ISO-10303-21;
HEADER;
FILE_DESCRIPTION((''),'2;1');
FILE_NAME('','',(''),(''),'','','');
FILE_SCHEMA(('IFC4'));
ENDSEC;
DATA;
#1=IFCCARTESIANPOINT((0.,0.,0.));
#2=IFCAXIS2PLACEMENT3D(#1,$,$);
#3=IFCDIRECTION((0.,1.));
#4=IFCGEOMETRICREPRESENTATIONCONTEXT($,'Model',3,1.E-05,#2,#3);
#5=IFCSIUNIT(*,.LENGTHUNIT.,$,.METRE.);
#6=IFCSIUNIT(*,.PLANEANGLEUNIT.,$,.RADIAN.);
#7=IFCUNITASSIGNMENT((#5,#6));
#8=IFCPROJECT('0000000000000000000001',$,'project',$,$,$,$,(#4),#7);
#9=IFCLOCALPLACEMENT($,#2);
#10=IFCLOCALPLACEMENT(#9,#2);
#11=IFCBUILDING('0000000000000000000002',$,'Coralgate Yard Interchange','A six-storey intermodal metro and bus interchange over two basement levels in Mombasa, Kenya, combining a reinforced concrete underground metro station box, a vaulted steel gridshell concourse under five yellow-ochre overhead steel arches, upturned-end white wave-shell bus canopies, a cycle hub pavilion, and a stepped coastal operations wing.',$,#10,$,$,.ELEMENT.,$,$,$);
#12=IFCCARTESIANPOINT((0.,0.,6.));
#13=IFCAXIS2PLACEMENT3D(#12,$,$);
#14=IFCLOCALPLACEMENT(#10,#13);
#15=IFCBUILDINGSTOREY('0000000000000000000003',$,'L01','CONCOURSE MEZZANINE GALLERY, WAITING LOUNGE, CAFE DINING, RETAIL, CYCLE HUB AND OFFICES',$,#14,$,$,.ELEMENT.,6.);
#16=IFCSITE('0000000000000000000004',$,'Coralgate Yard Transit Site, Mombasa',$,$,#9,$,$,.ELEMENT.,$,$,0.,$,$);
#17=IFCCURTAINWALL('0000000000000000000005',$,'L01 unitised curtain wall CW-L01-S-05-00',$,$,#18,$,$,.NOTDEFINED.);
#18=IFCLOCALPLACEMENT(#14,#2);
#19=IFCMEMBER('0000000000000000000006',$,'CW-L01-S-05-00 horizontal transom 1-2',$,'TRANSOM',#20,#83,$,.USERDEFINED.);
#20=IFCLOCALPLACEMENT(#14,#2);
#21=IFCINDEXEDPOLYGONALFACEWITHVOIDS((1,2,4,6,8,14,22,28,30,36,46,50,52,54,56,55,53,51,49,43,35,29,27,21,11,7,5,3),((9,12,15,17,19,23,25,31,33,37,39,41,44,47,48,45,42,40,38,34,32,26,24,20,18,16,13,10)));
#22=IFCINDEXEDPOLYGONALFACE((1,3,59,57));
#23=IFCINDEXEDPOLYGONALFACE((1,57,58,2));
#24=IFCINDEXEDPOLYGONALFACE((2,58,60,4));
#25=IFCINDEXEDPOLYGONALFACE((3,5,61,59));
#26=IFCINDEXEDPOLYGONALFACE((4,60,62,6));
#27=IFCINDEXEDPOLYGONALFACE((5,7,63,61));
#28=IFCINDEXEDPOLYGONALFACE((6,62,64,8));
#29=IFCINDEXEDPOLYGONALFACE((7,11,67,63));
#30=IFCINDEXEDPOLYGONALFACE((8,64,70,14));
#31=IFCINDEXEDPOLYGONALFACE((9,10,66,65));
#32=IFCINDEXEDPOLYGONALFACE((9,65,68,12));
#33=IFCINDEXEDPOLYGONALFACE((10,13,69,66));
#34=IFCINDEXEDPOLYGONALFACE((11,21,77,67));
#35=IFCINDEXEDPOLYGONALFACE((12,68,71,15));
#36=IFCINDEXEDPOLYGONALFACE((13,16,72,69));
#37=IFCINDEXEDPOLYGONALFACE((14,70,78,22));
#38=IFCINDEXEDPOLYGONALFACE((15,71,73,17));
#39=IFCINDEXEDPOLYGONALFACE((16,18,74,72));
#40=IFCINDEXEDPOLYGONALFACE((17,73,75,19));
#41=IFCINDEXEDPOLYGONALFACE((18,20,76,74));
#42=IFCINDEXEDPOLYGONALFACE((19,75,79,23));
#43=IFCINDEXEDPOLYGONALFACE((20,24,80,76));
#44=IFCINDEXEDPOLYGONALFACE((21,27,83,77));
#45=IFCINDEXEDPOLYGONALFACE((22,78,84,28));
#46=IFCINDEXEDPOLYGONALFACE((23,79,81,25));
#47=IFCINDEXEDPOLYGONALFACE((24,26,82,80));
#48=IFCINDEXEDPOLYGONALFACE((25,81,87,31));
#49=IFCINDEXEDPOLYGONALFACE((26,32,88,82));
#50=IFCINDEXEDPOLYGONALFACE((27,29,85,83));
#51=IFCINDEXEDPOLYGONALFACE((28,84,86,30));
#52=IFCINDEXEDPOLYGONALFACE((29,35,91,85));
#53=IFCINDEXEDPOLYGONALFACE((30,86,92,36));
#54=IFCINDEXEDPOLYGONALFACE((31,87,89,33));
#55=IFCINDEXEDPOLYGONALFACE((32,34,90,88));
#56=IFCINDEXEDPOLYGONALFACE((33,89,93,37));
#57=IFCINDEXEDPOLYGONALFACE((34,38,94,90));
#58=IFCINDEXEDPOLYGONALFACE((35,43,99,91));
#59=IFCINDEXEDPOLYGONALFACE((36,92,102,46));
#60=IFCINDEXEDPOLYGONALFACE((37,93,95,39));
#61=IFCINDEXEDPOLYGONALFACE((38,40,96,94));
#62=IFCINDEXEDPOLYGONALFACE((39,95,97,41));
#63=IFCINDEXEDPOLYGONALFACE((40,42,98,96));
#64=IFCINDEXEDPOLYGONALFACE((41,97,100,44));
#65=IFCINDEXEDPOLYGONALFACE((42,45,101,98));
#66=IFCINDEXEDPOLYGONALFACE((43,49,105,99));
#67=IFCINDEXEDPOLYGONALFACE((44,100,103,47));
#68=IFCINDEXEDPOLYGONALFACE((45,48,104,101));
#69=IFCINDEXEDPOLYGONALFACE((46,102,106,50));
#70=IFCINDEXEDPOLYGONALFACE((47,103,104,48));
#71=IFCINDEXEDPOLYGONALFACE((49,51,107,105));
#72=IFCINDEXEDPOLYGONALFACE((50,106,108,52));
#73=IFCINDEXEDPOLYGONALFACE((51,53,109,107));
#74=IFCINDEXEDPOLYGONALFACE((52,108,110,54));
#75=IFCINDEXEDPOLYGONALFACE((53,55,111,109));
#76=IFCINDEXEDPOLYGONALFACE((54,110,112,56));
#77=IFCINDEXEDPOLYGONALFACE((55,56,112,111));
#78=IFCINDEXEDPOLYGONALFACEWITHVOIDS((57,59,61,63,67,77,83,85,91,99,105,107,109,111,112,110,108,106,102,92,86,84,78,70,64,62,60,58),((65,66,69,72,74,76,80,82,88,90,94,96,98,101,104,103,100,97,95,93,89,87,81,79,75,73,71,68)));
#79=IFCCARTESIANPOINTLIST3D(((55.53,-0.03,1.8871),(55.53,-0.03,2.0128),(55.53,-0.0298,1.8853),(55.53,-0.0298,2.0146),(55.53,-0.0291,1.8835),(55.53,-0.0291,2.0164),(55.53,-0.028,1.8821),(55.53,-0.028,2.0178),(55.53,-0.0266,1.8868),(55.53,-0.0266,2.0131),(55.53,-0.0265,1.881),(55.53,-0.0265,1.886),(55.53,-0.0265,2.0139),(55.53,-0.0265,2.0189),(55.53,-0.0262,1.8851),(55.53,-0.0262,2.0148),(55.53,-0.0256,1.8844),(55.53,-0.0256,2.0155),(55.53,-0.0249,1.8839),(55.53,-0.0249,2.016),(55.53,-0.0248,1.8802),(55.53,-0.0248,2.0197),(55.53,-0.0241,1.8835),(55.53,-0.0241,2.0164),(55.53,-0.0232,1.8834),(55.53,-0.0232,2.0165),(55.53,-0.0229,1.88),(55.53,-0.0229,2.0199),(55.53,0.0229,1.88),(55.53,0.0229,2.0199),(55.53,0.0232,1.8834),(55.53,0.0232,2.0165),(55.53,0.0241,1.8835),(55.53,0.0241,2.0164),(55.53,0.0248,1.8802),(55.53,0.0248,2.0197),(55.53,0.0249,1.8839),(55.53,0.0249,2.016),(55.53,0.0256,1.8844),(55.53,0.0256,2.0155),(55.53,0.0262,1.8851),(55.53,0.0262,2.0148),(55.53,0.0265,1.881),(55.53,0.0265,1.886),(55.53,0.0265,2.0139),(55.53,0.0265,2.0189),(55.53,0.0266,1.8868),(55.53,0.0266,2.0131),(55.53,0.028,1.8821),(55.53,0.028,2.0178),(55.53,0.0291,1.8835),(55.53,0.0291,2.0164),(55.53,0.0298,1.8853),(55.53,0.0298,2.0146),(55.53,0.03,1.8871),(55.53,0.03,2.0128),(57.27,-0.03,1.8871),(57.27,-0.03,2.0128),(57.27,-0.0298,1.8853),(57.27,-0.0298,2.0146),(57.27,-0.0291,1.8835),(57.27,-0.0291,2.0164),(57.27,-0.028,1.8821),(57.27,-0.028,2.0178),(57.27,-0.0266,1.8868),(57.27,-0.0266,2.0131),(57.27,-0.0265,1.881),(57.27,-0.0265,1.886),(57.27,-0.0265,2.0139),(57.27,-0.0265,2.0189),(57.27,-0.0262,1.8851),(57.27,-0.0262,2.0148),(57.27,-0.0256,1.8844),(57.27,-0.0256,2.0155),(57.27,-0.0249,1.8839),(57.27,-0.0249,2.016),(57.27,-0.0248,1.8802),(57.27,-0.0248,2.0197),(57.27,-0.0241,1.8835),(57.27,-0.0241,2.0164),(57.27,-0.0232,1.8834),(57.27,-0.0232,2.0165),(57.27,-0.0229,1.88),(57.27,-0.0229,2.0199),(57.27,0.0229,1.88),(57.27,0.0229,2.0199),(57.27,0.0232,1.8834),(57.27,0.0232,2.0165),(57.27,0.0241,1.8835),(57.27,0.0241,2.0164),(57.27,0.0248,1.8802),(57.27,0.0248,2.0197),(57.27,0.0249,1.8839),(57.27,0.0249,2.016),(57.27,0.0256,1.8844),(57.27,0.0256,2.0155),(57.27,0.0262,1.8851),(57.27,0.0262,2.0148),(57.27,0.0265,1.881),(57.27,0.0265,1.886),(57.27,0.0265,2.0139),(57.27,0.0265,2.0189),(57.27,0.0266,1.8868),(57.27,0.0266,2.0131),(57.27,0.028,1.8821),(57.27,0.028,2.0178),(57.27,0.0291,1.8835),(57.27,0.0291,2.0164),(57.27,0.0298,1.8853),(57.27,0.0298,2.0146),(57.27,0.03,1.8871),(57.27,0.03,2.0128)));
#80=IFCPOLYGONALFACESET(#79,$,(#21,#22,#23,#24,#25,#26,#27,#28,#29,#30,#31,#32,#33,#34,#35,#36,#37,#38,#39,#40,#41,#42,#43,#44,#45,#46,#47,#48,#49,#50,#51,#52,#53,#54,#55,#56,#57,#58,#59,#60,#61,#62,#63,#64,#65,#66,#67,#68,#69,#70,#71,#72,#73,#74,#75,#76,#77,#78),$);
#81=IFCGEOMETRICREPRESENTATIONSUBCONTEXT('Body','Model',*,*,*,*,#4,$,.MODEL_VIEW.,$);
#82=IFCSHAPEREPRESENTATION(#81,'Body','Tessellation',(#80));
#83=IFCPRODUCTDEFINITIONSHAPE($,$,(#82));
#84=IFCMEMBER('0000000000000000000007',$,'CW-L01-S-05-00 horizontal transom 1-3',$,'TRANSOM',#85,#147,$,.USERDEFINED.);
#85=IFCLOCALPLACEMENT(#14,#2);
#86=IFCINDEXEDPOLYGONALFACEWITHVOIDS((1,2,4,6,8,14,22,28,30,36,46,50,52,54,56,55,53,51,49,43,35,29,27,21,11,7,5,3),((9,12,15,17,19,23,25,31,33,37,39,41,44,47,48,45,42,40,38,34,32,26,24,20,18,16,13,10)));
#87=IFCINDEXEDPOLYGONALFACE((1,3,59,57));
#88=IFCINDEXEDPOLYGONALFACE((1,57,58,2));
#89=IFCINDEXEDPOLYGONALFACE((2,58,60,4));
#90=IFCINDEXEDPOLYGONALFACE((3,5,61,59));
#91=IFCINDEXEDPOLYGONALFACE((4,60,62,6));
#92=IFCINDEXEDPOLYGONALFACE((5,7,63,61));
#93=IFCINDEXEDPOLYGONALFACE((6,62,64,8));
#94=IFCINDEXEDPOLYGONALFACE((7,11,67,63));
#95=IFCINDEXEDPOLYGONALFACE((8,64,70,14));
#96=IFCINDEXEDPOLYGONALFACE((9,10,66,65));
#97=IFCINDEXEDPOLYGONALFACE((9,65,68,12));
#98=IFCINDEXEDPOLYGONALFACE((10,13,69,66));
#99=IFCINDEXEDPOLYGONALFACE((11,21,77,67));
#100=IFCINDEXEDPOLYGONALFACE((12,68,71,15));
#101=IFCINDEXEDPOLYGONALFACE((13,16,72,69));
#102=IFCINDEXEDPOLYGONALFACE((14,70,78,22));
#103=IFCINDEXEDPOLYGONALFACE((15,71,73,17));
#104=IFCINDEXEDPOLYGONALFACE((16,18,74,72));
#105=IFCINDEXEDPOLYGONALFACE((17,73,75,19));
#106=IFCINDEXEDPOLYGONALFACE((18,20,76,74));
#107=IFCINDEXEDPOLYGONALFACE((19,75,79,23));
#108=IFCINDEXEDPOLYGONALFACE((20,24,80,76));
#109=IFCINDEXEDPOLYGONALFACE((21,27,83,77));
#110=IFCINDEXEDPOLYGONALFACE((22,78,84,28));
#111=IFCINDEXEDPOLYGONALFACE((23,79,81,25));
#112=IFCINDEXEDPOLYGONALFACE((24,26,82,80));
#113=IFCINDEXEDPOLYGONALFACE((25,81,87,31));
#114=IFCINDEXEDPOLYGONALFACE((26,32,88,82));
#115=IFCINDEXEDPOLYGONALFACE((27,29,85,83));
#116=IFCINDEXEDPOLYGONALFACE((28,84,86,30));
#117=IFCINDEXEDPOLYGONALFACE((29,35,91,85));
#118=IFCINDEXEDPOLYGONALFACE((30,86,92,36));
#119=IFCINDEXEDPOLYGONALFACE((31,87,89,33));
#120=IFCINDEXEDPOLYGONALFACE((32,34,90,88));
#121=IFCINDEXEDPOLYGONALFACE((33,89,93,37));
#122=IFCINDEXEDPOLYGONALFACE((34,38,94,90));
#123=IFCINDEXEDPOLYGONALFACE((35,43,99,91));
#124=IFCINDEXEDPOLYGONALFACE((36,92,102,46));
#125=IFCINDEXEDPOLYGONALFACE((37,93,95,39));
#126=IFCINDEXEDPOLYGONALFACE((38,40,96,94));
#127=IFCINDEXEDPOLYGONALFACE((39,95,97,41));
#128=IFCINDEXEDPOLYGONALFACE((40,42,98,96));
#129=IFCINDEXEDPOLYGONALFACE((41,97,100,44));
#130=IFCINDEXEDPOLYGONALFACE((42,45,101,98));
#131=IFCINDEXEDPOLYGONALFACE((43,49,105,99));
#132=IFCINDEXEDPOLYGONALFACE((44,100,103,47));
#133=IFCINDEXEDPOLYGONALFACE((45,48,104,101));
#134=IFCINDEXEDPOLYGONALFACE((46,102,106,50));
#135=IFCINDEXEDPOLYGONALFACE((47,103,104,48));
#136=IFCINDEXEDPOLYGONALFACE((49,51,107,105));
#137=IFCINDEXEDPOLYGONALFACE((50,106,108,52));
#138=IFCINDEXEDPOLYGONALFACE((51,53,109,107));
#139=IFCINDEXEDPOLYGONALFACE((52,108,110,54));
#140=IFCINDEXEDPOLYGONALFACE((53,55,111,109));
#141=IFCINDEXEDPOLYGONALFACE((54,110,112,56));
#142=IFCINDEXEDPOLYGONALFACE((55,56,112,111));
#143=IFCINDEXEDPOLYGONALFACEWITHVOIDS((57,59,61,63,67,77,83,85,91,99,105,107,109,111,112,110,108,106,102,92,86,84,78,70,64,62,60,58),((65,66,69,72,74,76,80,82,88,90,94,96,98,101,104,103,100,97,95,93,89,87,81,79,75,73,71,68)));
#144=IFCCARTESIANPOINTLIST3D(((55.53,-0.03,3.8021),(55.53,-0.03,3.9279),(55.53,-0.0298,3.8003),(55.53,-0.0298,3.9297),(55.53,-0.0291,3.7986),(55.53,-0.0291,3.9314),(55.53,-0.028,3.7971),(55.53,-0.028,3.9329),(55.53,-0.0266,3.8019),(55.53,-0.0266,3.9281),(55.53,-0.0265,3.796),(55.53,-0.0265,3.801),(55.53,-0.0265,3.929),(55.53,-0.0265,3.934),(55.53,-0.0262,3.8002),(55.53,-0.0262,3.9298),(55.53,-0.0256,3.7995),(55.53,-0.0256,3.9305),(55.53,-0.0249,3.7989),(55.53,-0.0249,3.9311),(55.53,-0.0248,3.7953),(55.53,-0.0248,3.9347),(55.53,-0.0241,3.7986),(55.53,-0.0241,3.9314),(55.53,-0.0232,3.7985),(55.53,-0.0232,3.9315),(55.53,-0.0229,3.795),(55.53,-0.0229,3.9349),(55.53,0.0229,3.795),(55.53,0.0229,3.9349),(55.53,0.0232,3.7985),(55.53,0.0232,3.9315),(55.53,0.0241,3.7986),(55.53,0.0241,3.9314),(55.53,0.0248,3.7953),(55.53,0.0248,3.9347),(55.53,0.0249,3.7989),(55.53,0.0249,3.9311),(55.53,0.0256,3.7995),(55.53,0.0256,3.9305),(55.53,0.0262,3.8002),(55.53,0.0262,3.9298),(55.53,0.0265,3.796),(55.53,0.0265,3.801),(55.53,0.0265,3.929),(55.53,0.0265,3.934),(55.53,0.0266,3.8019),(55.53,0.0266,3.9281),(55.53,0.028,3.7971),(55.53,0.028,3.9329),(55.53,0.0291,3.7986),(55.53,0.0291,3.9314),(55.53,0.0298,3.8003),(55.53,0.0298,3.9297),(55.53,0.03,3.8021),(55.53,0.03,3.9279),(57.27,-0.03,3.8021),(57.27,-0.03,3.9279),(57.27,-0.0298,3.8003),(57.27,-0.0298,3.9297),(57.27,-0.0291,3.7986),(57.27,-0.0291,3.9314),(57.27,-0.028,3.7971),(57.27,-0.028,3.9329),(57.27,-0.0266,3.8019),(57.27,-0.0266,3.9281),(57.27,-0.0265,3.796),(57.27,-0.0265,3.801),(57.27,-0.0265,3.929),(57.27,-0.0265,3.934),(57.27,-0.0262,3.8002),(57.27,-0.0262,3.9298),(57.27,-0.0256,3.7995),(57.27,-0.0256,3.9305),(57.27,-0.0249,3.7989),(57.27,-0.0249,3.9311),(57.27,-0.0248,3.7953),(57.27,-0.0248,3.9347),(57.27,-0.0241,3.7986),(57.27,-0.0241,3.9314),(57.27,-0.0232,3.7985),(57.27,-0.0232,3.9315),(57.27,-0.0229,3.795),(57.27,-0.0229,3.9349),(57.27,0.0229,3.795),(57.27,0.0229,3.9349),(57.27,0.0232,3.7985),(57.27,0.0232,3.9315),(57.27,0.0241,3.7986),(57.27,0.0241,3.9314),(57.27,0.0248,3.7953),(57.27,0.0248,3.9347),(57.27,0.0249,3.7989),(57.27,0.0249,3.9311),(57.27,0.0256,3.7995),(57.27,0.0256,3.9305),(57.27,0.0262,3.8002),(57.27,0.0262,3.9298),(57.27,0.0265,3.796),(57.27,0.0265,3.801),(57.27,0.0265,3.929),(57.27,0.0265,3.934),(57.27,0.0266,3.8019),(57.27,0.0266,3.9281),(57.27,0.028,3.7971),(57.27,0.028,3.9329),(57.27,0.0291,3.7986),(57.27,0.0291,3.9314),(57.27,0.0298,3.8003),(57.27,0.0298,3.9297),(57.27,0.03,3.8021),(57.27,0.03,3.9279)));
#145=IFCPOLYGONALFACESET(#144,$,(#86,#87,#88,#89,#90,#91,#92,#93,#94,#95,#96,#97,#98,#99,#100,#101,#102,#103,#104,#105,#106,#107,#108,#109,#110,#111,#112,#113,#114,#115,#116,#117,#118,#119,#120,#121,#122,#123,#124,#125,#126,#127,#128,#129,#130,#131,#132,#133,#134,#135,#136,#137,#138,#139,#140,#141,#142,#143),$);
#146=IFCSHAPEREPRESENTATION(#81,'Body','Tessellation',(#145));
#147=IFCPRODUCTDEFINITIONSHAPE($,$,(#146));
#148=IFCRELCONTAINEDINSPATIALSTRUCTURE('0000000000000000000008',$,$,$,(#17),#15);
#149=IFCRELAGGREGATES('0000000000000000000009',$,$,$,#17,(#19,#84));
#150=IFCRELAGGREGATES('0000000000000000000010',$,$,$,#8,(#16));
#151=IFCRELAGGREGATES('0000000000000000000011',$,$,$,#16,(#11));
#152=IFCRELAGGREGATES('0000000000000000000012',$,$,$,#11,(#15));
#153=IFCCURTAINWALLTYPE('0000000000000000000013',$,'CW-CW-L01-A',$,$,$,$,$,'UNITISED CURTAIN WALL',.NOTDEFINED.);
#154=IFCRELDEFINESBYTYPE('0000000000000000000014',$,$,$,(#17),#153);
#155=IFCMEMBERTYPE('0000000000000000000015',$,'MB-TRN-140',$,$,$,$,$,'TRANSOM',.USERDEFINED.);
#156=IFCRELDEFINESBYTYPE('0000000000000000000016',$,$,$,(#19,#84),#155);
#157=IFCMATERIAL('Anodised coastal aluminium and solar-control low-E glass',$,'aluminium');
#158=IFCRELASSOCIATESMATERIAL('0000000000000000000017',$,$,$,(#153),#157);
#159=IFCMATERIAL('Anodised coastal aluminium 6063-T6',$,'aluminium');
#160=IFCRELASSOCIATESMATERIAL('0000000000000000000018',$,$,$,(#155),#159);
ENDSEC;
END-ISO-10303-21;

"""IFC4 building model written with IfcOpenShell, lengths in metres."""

from ifc_helpers import new_model, si_unit, direction, frame, origin, origin_2d, place, context, subcontext, project, spatial, hollow_rectangle, extrude, material, material_profile, profile_set, type_object, element, aggregate, save


model = new_model("IFC4")

# Units and contexts
model_context = context("Model", 3, precision=1e-05, world=origin(), true_north=direction((0.0, 1.0)))
body_context = subcontext(model_context, "Body", "Model", "MODEL_VIEW")
ifc_project = project(units=[si_unit("LENGTHUNIT", "METRE"), si_unit("PLANEANGLEUNIT", "RADIAN")], contexts=[model_context])

# Site, building, storey
site_placement = place(None, origin())
site = spatial("IfcSite", under=ifc_project, at=site_placement, Name="Coralgate Yard Transit Site, Mombasa", CompositionType="ELEMENT", RefElevation=0.0)
building_placement = place(site_placement, origin())
building = spatial("IfcBuilding", under=site, at=building_placement, Name="Coralgate Yard Interchange", Description="A six-storey intermodal metro and bus interchange over two basement levels in Mombasa, Kenya, combining a reinforced concrete underground metro station box, a vaulted steel gridshell concourse under five yellow-ochre overhead steel arches, upturned-end white wave-shell bus canopies, a cycle hub pavilion, and a stepped coastal operations wing.", CompositionType="ELEMENT")
storey_placement = place(building_placement, frame((0.0, 0.0, 6.0)))
storey = spatial("IfcBuildingStorey", under=building, at=storey_placement, Name="L01", Description="CONCOURSE MEZZANINE GALLERY, WAITING LOUNGE, CAFE DINING, RETAIL, CYCLE HUB AND OFFICES", CompositionType="ELEMENT", Elevation=6.0)

# Curtain wall
ifc_material_1 = material(Name="Anodised coastal aluminium and solar-control low-E glass", Category="aluminium")
curtain_wall_type = type_object("IfcCurtainWallType", Name="CW-CW-L01-A", ElementType="UNITISED CURTAIN WALL", PredefinedType="NOTDEFINED", material=ifc_material_1)
curtain_wall_1_placement = place(storey_placement, origin())
curtain_wall_1 = element("IfcCurtainWall", 1, at=curtain_wall_1_placement, inside=storey, type_object=curtain_wall_type, Name="L01 unitised curtain wall CW-L01-S-05-00", PredefinedType="NOTDEFINED")
ifc_material_2 = material(Name="Anodised coastal aluminium 6063-T6", Category="aluminium")

# Members
ifc_material_profile_1 = material_profile(ifc_material_2, hollow_rectangle(XDim=0.0601, YDim=0.1399, WallThickness=0.0034, InnerFilletRadius=0.0034, OuterFilletRadius=0.0071, at=origin_2d()), Name="ALU 60x140x3.5")
ifc_profile_set_1 = profile_set([ifc_material_profile_1], Name="Anodised coastal aluminium 6063-T6")
member_type_1 = type_object("IfcMemberType", Name="MB-TRN-140", ElementType="TRANSOM", PredefinedType="USERDEFINED", material=ifc_profile_set_1)
member_1_placement = place(storey_placement, frame((57.27, 0.0, 1.95), z_axis=(-1.0, 0.0, 0.0), x_axis=(0.0, -1.0, 0.0)))
member_1 = element("IfcMember", 2, at=member_1_placement, type_object=member_type_1, Name="CW-L01-S-05-00 horizontal transom 1-2", ObjectType="TRANSOM", PredefinedType="USERDEFINED", context=body_context, shape_type="SweptSolid", body=[
    extrude(hollow_rectangle(XDim=0.0601, YDim=0.1399, WallThickness=0.0034, InnerFilletRadius=0.0034, OuterFilletRadius=0.0071, at=origin_2d()), origin(), (0.0, 0.0, 1.0), 1.74),
])
member_2_placement = place(storey_placement, frame((57.27, 0.0, 3.865), z_axis=(-1.0, 0.0, 0.0), x_axis=(0.0, -1.0, 0.0)))
member_2 = element("IfcMember", 3, at=member_2_placement, type_object=member_type_1, Name="CW-L01-S-05-00 horizontal transom 1-3", ObjectType="TRANSOM", PredefinedType="USERDEFINED", context=body_context, shape_type="SweptSolid", body=[
    extrude(hollow_rectangle(XDim=0.0601, YDim=0.1399, WallThickness=0.0034, InnerFilletRadius=0.0034, OuterFilletRadius=0.0071, at=origin_2d()), origin(), (0.0, 0.0, 1.0), 1.74),
])
aggregate(curtain_wall_1, [member_1, member_2])

save(model, "model.ifc")
